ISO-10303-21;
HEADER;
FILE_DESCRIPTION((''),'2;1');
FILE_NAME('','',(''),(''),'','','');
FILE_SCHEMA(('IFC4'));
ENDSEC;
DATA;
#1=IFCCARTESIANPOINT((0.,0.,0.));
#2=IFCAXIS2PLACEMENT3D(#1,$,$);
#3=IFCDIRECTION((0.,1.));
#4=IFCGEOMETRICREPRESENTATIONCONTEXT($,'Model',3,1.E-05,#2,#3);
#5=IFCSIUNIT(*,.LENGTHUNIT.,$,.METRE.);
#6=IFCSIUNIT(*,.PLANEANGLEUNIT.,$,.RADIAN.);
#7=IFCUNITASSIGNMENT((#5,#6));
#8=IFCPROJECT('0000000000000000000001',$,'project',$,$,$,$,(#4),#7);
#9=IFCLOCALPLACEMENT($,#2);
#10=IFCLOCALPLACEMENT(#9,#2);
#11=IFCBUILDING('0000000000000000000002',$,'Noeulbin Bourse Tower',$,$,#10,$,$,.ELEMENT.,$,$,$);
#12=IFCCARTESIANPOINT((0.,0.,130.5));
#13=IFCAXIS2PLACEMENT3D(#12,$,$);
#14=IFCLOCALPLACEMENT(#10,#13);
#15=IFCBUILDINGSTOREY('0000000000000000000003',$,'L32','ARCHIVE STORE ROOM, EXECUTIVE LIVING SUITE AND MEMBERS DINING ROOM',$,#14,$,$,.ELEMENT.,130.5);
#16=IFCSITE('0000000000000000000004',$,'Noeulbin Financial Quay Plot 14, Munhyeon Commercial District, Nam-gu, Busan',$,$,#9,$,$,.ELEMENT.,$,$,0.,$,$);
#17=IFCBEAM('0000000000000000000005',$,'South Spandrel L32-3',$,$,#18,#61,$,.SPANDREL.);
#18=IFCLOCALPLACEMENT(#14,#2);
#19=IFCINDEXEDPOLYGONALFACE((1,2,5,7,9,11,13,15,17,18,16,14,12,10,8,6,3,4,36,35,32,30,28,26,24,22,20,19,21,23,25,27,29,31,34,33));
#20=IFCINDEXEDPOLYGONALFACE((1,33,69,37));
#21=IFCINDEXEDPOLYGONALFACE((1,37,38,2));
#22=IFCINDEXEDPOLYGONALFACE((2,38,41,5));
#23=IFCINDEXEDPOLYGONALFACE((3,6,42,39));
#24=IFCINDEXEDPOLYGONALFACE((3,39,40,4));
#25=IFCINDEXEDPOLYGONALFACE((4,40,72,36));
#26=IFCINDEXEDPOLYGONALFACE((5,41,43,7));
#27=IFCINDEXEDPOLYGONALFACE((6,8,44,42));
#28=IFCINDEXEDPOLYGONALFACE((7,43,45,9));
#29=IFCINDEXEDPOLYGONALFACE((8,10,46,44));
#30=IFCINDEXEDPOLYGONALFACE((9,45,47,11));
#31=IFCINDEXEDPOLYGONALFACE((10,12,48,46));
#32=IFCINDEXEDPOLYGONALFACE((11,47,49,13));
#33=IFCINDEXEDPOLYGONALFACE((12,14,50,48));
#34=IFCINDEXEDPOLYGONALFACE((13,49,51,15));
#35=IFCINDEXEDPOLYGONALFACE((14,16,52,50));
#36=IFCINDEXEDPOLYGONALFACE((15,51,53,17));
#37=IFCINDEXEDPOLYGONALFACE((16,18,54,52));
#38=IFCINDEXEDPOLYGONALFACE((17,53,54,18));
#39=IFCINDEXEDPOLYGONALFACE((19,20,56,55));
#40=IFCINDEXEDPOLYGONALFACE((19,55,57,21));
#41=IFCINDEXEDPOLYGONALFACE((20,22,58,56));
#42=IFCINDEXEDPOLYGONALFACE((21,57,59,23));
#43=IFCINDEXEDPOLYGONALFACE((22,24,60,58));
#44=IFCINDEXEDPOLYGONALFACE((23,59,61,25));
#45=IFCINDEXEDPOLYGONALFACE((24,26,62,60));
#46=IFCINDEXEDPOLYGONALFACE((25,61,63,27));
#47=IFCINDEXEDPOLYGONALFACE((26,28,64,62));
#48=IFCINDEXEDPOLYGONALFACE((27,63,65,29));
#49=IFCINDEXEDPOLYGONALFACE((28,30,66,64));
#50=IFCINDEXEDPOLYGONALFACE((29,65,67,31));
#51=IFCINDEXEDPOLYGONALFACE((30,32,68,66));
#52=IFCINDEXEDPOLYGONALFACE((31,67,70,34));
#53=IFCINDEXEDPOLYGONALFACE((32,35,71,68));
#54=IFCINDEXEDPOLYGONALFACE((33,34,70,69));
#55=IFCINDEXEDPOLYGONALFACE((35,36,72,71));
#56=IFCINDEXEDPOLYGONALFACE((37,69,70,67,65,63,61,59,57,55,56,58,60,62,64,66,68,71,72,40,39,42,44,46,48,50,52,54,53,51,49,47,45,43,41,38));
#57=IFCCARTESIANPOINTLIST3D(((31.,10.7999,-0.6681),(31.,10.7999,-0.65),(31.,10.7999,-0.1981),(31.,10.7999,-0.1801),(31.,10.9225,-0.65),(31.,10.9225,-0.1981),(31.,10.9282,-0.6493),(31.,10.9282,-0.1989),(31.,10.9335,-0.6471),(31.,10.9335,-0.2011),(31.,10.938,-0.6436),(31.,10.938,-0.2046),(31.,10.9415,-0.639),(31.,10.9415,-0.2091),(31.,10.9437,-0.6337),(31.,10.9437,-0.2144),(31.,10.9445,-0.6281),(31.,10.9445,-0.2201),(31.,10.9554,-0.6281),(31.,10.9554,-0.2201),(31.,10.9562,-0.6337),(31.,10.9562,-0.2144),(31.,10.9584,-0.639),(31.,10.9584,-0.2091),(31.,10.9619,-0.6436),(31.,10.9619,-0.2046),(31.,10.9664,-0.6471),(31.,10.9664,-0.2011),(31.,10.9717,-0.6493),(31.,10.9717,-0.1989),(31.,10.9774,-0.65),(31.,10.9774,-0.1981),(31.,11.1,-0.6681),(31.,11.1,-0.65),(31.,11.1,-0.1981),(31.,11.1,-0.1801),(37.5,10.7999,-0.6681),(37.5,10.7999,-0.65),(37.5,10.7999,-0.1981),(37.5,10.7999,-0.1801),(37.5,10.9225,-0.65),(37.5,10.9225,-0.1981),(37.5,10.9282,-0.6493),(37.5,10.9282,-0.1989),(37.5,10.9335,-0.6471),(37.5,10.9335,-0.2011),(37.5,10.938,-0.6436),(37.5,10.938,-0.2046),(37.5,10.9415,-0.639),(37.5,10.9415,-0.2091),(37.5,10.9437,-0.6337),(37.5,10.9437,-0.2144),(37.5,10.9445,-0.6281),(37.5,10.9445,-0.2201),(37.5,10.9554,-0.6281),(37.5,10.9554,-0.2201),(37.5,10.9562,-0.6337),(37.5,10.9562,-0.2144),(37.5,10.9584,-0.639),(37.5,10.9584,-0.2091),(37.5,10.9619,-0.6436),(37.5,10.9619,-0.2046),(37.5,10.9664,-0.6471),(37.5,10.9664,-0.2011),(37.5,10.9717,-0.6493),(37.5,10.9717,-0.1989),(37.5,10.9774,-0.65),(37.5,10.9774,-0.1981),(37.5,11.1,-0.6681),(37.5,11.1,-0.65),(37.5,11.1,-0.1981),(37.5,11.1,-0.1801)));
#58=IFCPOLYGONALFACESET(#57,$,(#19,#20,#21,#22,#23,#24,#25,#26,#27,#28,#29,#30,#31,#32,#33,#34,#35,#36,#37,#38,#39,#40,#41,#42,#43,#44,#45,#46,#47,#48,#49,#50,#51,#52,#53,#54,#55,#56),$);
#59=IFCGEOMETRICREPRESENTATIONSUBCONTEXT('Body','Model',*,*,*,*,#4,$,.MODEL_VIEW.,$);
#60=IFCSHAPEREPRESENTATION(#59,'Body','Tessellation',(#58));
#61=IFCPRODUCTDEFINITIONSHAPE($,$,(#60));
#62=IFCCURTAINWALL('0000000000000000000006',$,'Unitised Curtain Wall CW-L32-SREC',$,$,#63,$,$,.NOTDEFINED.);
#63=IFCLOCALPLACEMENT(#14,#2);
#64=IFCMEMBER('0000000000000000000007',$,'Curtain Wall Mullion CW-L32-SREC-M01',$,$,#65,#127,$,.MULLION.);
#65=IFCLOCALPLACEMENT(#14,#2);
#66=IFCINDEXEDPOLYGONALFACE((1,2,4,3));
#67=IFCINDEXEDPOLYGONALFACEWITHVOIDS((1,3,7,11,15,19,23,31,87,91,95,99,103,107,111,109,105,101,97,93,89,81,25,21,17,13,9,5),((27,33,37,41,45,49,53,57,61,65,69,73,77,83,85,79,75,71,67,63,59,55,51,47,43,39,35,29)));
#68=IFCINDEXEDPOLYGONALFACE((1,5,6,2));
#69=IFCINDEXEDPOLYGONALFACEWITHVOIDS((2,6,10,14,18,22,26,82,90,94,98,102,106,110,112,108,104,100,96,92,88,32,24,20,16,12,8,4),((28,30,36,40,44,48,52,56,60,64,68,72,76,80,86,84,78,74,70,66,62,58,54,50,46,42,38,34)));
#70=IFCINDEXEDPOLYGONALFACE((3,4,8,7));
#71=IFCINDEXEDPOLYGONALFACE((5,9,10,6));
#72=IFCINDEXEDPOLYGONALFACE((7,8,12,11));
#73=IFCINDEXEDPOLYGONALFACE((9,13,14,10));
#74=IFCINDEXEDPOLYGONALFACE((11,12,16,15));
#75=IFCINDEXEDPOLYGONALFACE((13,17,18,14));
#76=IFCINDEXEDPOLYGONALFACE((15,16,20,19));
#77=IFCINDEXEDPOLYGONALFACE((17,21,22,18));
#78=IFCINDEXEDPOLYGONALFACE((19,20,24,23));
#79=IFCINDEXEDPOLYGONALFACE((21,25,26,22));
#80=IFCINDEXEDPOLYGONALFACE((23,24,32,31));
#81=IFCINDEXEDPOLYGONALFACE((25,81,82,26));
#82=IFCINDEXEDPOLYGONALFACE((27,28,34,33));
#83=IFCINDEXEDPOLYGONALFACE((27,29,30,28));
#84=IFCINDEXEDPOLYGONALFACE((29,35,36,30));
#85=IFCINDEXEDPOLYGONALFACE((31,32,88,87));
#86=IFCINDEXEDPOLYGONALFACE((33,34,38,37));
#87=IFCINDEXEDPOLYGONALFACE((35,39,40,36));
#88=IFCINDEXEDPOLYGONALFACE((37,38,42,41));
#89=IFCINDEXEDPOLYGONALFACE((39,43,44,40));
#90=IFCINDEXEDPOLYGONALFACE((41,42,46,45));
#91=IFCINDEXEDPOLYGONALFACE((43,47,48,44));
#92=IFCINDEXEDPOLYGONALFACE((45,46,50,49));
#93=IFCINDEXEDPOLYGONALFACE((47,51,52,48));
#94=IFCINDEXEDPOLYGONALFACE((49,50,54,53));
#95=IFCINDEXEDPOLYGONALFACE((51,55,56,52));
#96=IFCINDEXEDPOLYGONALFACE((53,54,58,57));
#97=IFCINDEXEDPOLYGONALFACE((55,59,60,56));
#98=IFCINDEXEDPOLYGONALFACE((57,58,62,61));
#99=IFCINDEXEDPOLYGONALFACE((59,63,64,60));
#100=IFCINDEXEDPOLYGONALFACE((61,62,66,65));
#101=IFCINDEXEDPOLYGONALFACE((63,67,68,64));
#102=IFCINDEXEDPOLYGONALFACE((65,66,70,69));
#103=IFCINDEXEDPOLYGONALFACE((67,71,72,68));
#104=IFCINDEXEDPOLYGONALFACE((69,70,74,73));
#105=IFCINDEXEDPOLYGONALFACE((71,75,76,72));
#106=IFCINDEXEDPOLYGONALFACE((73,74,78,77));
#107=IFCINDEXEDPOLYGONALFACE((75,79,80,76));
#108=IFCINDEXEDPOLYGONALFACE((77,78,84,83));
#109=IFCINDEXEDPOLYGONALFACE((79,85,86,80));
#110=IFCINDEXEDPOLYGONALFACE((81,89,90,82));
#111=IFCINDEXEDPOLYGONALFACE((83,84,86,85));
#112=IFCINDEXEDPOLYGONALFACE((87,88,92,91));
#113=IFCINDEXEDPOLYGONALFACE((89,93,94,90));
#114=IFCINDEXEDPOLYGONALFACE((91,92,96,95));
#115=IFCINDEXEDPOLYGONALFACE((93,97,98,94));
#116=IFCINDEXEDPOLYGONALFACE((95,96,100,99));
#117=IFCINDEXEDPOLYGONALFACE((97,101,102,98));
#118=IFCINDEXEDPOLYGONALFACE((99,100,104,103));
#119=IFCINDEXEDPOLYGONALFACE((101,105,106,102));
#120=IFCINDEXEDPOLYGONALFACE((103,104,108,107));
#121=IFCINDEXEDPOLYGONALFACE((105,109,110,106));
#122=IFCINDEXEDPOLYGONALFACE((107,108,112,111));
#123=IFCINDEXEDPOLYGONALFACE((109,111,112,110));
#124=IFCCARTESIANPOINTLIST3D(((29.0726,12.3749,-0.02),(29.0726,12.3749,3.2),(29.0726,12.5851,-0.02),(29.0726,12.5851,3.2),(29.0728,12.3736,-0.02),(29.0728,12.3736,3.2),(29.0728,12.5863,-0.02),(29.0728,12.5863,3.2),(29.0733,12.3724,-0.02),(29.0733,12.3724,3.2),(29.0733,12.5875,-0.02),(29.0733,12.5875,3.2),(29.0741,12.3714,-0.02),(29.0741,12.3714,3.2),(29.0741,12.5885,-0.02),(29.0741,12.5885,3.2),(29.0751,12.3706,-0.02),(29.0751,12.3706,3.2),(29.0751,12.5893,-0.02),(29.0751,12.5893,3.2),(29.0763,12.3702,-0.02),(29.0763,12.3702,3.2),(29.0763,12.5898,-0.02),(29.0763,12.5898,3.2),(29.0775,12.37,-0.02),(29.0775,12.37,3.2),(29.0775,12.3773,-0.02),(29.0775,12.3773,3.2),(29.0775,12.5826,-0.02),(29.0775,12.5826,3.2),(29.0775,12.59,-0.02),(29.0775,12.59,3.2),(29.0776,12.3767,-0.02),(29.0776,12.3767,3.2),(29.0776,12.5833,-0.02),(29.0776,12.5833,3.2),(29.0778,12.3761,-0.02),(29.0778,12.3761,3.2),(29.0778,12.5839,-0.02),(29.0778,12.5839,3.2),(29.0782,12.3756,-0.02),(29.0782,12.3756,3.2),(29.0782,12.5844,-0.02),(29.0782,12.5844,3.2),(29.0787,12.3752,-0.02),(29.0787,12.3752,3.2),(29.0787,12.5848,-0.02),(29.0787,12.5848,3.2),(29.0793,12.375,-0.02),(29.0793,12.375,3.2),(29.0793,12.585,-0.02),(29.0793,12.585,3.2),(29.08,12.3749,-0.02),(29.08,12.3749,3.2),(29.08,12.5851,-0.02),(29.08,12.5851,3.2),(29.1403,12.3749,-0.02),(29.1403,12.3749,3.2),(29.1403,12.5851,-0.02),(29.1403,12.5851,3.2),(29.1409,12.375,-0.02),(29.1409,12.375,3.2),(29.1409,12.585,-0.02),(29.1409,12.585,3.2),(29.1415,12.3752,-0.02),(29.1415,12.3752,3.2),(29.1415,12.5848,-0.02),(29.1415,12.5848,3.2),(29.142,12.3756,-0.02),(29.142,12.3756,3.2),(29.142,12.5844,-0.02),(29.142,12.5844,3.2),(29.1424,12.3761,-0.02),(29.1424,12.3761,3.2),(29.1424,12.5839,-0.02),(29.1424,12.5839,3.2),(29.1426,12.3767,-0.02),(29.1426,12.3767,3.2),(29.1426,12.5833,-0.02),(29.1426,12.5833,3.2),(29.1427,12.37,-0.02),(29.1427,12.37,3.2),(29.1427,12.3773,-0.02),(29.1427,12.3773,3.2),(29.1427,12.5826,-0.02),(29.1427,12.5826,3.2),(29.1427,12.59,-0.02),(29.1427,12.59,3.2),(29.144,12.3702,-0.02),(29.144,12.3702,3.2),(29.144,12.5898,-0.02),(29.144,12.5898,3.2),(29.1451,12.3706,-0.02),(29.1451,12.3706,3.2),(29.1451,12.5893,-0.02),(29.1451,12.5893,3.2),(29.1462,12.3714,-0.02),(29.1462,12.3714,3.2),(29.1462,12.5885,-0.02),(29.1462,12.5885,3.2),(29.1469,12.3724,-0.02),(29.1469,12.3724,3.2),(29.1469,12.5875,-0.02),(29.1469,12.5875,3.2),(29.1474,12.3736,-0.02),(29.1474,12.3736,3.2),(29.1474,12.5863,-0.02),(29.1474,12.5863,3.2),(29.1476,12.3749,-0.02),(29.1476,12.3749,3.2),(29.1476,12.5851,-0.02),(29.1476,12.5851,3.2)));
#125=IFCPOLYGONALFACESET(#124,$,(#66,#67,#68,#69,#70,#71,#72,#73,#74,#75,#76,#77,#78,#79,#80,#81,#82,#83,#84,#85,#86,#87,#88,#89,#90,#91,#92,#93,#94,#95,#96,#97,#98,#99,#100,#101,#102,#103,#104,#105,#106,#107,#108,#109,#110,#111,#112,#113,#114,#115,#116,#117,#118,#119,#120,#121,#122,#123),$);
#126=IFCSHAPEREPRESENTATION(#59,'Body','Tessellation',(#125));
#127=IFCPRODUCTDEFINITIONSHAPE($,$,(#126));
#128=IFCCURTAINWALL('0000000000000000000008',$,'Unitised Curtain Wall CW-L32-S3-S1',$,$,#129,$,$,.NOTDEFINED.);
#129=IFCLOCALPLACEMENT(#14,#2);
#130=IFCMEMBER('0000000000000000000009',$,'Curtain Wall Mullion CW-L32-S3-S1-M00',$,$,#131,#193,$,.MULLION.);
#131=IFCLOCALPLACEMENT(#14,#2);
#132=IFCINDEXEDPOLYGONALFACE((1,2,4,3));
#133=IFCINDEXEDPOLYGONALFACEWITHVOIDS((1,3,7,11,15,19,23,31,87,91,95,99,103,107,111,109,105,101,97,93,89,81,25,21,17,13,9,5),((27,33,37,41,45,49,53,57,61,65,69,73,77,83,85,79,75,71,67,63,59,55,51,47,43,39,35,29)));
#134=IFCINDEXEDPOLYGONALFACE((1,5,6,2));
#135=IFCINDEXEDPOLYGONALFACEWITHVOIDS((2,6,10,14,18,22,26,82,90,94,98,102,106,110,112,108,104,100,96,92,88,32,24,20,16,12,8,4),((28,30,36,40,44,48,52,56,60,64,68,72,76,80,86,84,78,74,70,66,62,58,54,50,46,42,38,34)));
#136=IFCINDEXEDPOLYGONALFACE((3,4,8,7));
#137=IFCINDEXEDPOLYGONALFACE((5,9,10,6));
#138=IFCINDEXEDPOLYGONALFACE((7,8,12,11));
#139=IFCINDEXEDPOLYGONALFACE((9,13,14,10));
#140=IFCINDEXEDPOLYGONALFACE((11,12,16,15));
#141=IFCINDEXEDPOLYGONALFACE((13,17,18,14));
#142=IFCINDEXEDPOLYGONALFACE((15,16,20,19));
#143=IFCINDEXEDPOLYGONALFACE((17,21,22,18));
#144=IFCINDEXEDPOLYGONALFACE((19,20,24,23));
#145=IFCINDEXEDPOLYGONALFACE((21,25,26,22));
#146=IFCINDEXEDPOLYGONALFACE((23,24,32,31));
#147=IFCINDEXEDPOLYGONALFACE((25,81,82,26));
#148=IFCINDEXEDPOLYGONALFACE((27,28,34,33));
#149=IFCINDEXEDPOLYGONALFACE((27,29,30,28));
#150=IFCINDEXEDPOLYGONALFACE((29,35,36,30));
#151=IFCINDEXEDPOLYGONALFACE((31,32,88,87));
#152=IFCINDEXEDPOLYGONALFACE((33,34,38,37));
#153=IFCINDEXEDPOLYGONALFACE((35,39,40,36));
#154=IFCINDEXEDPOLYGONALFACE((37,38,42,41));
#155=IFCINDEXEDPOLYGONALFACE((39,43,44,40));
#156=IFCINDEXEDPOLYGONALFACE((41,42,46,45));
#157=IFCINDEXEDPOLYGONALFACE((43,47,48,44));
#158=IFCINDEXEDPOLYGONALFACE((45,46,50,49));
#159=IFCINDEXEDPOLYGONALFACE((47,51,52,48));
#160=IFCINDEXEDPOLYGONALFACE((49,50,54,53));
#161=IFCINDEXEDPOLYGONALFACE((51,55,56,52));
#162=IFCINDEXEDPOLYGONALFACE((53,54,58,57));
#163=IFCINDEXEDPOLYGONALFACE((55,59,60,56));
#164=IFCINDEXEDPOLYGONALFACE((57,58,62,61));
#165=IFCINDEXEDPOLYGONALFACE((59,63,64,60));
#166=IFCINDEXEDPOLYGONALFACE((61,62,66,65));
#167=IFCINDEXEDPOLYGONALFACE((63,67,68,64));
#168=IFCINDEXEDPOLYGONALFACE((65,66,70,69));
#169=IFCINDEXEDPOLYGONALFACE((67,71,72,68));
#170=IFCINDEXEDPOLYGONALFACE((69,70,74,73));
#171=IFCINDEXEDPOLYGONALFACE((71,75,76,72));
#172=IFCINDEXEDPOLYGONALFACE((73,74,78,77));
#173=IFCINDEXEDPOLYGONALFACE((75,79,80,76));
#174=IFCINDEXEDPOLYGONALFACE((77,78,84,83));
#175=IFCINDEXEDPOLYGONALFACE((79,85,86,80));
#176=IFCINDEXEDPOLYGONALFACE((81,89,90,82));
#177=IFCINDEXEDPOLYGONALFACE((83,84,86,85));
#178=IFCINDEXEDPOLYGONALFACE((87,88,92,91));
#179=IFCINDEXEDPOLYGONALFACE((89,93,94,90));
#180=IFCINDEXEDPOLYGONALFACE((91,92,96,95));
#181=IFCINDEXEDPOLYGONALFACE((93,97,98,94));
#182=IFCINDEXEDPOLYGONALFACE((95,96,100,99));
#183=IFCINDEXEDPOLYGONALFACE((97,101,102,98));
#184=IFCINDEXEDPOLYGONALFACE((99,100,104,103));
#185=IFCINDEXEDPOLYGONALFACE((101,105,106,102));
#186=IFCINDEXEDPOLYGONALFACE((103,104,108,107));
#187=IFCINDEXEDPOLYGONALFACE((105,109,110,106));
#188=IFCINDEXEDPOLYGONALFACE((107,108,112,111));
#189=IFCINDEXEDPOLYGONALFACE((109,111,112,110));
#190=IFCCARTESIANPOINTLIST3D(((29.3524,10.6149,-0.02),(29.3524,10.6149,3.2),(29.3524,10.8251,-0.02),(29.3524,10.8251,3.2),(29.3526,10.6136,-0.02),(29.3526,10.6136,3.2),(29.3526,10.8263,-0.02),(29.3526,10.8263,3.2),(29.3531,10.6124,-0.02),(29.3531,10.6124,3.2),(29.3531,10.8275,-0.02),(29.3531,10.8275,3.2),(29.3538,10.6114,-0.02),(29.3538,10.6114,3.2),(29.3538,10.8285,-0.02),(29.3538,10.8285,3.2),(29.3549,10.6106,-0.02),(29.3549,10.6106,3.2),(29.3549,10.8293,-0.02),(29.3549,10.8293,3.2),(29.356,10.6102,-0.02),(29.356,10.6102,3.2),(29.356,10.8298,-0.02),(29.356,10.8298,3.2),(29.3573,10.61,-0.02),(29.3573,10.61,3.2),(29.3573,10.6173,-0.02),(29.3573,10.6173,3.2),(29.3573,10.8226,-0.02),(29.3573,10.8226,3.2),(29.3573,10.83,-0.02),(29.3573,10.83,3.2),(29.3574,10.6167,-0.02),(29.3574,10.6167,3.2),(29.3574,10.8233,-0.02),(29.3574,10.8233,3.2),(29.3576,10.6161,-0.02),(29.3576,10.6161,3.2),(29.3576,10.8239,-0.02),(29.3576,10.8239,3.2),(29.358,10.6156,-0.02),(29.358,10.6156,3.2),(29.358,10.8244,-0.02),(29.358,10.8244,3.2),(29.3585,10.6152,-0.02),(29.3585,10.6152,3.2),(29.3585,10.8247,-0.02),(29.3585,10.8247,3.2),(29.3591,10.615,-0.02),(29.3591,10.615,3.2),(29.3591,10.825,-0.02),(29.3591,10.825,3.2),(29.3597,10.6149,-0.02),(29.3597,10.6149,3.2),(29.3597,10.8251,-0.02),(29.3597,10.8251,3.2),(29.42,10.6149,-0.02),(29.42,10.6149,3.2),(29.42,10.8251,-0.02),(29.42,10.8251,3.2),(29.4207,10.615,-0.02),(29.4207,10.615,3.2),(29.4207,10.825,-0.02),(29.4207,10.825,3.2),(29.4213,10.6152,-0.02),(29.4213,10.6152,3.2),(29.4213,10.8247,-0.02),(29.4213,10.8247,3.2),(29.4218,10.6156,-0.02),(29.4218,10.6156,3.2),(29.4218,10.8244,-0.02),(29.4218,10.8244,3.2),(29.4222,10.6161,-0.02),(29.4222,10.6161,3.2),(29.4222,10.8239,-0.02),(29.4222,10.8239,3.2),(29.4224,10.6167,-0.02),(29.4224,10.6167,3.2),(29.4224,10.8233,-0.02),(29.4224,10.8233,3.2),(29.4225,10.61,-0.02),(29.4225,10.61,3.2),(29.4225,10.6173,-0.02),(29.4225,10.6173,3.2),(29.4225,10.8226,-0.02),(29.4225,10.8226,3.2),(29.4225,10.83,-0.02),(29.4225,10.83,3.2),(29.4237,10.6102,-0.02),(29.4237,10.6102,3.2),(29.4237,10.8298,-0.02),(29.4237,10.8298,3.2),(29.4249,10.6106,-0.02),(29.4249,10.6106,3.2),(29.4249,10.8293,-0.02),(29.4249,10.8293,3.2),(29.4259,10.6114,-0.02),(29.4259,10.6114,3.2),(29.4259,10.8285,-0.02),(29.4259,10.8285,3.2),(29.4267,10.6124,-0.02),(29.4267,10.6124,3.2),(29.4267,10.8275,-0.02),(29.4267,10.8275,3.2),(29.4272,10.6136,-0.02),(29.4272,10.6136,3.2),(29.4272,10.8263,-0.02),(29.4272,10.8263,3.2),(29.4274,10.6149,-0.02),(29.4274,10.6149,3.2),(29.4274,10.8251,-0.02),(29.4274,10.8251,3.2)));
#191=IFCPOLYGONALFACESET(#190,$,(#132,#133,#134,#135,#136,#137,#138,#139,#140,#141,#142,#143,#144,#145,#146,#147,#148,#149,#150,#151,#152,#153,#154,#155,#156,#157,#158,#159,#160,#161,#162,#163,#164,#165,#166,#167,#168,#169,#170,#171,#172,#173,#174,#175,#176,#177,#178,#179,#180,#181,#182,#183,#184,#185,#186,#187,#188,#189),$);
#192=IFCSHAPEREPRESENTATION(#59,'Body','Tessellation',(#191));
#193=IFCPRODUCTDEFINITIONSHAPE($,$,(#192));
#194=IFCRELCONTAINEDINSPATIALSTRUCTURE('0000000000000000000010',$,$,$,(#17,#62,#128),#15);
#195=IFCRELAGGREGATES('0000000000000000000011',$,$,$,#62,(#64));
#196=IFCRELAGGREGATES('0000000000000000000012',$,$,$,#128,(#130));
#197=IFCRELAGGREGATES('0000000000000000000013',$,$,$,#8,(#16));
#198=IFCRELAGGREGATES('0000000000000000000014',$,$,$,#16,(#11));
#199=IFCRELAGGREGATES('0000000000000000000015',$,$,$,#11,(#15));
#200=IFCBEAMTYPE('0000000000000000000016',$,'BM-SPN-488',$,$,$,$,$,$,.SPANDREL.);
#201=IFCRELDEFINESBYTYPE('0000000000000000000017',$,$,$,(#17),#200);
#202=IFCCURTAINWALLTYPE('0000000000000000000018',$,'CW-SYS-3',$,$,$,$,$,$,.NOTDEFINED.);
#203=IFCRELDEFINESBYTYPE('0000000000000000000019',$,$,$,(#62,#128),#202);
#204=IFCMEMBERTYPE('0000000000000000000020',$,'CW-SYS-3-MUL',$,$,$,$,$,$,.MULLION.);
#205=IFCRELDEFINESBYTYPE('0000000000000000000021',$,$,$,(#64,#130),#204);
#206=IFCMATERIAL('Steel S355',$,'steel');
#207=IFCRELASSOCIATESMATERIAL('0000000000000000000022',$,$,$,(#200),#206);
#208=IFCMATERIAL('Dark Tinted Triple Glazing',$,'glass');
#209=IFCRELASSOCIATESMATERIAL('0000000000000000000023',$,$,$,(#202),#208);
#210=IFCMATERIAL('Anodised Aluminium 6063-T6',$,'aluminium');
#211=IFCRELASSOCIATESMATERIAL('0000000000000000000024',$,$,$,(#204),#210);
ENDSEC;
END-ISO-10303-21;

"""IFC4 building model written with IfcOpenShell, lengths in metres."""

from ifc_helpers import new_model, si_unit, direction, frame, origin, origin_2d, place, context, subcontext, project, spatial, hollow_rectangle, i_section, extrude, material, material_profile, profile_set, type_object, element, aggregate, save


model = new_model("IFC4")

# Units and contexts
model_context = context("Model", 3, precision=1e-05, world=origin(), true_north=direction((0.0, 1.0)))
body_context = subcontext(model_context, "Body", "Model", "MODEL_VIEW")
ifc_project = project(units=[si_unit("LENGTHUNIT", "METRE"), si_unit("PLANEANGLEUNIT", "RADIAN")], contexts=[model_context])

# Site, building, storey
site_placement = place(None, origin())
site = spatial("IfcSite", under=ifc_project, at=site_placement, Name="Noeulbin Financial Quay Plot 14, Munhyeon Commercial District, Nam-gu, Busan", CompositionType="ELEMENT", RefElevation=0.0)
building_placement = place(site_placement, origin())
building = spatial("IfcBuilding", under=site, at=building_placement, Name="Noeulbin Bourse Tower", CompositionType="ELEMENT")
storey_placement = place(building_placement, frame((0.0, 0.0, 130.5)))
storey = spatial("IfcBuildingStorey", under=building, at=storey_placement, Name="L32", Description="ARCHIVE STORE ROOM, EXECUTIVE LIVING SUITE AND MEMBERS DINING ROOM", CompositionType="ELEMENT", Elevation=130.5)

# Shared definitions
ifc_material_1 = material(Name="Steel S355", Category="steel")

# Beam
ifc_material_profile_1 = material_profile(ifc_material_1, i_section(OverallWidth=0.3, OverallDepth=0.488, WebThickness=0.011, FlangeThickness=0.0181, FilletRadius=0.022, at=origin_2d()), Name="H-488x300x11x18", Category="LoadBearing")
ifc_profile_set_1 = profile_set([ifc_material_profile_1], Name="Steel S355")
beam_type_1 = type_object("IfcBeamType", Name="BM-SPN-488", PredefinedType="SPANDREL", material=ifc_profile_set_1)
beam_1_placement = place(storey_placement, frame((31.0, 10.95, -0.4241), z_axis=(1.0, 0.0, 0.0), x_axis=(0.0, 1.0, 0.0)))
element("IfcBeam", 1, at=beam_1_placement, inside=storey, type_object=beam_type_1, Name="South Spandrel L32-3", PredefinedType="SPANDREL", context=body_context, shape_type="SweptSolid", body=[
    extrude(i_section(OverallWidth=0.3, OverallDepth=0.488, WebThickness=0.011, FlangeThickness=0.0181, FilletRadius=0.022, at=origin_2d()), origin(), (0.0, 0.0, 1.0), 6.5),
])

# Curtain wall, member
ifc_material_2 = material(Name="Dark Tinted Triple Glazing", Category="glass")
curtain_wall_type = type_object("IfcCurtainWallType", Name="CW-SYS-3", PredefinedType="NOTDEFINED", material=ifc_material_2)
curtain_wall_1_placement = place(storey_placement, origin())
curtain_wall_1 = element("IfcCurtainWall", 2, at=curtain_wall_1_placement, inside=storey, type_object=curtain_wall_type, Name="Unitised Curtain Wall CW-L32-SREC", PredefinedType="NOTDEFINED")
ifc_material_3 = material(Name="Anodised Aluminium 6063-T6", Category="aluminium")
ifc_material_profile_2 = material_profile(ifc_material_3, hollow_rectangle(XDim=0.075, YDim=0.22, WallThickness=0.0049, InnerFilletRadius=0.0024, OuterFilletRadius=0.0049, at=origin_2d()), Name="ALU-MULL-75x220x5", Category="LoadBearing")
ifc_profile_set_2 = profile_set([ifc_material_profile_2], Name="Anodised Aluminium 6063-T6")
member_type_1 = type_object("IfcMemberType", Name="CW-SYS-3-MUL", PredefinedType="MULLION", material=ifc_profile_set_2)
member_1_placement = place(storey_placement, frame((29.1101, 12.48, -0.02), z_axis=(0.0, 0.0, 1.0), x_axis=(1.0, 0.0, 0.0)))
member_1 = element("IfcMember", 3, at=member_1_placement, type_object=member_type_1, Name="Curtain Wall Mullion CW-L32-SREC-M01", PredefinedType="MULLION", context=body_context, shape_type="SweptSolid", body=[
    extrude(hollow_rectangle(XDim=0.075, YDim=0.22, WallThickness=0.0049, InnerFilletRadius=0.0024, OuterFilletRadius=0.0049, at=origin_2d()), origin(), (0.0, 0.0, 1.0), 3.22),
])

# Curtain wall, member
curtain_wall_2_placement = place(storey_placement, origin())
curtain_wall_2 = element("IfcCurtainWall", 4, at=curtain_wall_2_placement, inside=storey, type_object=curtain_wall_type, Name="Unitised Curtain Wall CW-L32-S3-S1", PredefinedType="NOTDEFINED")
member_2_placement = place(storey_placement, frame((29.3899, 10.72, -0.02), z_axis=(0.0, 0.0, 1.0), x_axis=(1.0, 0.0, 0.0)))
member_2 = element("IfcMember", 5, at=member_2_placement, type_object=member_type_1, Name="Curtain Wall Mullion CW-L32-S3-S1-M00", PredefinedType="MULLION", context=body_context, shape_type="SweptSolid", body=[
    extrude(hollow_rectangle(XDim=0.075, YDim=0.22, WallThickness=0.0049, InnerFilletRadius=0.0024, OuterFilletRadius=0.0049, at=origin_2d()), origin(), (0.0, 0.0, 1.0), 3.22),
])

aggregate(curtain_wall_1, [member_1])
aggregate(curtain_wall_2, [member_2])

save(model, "model.ifc")
